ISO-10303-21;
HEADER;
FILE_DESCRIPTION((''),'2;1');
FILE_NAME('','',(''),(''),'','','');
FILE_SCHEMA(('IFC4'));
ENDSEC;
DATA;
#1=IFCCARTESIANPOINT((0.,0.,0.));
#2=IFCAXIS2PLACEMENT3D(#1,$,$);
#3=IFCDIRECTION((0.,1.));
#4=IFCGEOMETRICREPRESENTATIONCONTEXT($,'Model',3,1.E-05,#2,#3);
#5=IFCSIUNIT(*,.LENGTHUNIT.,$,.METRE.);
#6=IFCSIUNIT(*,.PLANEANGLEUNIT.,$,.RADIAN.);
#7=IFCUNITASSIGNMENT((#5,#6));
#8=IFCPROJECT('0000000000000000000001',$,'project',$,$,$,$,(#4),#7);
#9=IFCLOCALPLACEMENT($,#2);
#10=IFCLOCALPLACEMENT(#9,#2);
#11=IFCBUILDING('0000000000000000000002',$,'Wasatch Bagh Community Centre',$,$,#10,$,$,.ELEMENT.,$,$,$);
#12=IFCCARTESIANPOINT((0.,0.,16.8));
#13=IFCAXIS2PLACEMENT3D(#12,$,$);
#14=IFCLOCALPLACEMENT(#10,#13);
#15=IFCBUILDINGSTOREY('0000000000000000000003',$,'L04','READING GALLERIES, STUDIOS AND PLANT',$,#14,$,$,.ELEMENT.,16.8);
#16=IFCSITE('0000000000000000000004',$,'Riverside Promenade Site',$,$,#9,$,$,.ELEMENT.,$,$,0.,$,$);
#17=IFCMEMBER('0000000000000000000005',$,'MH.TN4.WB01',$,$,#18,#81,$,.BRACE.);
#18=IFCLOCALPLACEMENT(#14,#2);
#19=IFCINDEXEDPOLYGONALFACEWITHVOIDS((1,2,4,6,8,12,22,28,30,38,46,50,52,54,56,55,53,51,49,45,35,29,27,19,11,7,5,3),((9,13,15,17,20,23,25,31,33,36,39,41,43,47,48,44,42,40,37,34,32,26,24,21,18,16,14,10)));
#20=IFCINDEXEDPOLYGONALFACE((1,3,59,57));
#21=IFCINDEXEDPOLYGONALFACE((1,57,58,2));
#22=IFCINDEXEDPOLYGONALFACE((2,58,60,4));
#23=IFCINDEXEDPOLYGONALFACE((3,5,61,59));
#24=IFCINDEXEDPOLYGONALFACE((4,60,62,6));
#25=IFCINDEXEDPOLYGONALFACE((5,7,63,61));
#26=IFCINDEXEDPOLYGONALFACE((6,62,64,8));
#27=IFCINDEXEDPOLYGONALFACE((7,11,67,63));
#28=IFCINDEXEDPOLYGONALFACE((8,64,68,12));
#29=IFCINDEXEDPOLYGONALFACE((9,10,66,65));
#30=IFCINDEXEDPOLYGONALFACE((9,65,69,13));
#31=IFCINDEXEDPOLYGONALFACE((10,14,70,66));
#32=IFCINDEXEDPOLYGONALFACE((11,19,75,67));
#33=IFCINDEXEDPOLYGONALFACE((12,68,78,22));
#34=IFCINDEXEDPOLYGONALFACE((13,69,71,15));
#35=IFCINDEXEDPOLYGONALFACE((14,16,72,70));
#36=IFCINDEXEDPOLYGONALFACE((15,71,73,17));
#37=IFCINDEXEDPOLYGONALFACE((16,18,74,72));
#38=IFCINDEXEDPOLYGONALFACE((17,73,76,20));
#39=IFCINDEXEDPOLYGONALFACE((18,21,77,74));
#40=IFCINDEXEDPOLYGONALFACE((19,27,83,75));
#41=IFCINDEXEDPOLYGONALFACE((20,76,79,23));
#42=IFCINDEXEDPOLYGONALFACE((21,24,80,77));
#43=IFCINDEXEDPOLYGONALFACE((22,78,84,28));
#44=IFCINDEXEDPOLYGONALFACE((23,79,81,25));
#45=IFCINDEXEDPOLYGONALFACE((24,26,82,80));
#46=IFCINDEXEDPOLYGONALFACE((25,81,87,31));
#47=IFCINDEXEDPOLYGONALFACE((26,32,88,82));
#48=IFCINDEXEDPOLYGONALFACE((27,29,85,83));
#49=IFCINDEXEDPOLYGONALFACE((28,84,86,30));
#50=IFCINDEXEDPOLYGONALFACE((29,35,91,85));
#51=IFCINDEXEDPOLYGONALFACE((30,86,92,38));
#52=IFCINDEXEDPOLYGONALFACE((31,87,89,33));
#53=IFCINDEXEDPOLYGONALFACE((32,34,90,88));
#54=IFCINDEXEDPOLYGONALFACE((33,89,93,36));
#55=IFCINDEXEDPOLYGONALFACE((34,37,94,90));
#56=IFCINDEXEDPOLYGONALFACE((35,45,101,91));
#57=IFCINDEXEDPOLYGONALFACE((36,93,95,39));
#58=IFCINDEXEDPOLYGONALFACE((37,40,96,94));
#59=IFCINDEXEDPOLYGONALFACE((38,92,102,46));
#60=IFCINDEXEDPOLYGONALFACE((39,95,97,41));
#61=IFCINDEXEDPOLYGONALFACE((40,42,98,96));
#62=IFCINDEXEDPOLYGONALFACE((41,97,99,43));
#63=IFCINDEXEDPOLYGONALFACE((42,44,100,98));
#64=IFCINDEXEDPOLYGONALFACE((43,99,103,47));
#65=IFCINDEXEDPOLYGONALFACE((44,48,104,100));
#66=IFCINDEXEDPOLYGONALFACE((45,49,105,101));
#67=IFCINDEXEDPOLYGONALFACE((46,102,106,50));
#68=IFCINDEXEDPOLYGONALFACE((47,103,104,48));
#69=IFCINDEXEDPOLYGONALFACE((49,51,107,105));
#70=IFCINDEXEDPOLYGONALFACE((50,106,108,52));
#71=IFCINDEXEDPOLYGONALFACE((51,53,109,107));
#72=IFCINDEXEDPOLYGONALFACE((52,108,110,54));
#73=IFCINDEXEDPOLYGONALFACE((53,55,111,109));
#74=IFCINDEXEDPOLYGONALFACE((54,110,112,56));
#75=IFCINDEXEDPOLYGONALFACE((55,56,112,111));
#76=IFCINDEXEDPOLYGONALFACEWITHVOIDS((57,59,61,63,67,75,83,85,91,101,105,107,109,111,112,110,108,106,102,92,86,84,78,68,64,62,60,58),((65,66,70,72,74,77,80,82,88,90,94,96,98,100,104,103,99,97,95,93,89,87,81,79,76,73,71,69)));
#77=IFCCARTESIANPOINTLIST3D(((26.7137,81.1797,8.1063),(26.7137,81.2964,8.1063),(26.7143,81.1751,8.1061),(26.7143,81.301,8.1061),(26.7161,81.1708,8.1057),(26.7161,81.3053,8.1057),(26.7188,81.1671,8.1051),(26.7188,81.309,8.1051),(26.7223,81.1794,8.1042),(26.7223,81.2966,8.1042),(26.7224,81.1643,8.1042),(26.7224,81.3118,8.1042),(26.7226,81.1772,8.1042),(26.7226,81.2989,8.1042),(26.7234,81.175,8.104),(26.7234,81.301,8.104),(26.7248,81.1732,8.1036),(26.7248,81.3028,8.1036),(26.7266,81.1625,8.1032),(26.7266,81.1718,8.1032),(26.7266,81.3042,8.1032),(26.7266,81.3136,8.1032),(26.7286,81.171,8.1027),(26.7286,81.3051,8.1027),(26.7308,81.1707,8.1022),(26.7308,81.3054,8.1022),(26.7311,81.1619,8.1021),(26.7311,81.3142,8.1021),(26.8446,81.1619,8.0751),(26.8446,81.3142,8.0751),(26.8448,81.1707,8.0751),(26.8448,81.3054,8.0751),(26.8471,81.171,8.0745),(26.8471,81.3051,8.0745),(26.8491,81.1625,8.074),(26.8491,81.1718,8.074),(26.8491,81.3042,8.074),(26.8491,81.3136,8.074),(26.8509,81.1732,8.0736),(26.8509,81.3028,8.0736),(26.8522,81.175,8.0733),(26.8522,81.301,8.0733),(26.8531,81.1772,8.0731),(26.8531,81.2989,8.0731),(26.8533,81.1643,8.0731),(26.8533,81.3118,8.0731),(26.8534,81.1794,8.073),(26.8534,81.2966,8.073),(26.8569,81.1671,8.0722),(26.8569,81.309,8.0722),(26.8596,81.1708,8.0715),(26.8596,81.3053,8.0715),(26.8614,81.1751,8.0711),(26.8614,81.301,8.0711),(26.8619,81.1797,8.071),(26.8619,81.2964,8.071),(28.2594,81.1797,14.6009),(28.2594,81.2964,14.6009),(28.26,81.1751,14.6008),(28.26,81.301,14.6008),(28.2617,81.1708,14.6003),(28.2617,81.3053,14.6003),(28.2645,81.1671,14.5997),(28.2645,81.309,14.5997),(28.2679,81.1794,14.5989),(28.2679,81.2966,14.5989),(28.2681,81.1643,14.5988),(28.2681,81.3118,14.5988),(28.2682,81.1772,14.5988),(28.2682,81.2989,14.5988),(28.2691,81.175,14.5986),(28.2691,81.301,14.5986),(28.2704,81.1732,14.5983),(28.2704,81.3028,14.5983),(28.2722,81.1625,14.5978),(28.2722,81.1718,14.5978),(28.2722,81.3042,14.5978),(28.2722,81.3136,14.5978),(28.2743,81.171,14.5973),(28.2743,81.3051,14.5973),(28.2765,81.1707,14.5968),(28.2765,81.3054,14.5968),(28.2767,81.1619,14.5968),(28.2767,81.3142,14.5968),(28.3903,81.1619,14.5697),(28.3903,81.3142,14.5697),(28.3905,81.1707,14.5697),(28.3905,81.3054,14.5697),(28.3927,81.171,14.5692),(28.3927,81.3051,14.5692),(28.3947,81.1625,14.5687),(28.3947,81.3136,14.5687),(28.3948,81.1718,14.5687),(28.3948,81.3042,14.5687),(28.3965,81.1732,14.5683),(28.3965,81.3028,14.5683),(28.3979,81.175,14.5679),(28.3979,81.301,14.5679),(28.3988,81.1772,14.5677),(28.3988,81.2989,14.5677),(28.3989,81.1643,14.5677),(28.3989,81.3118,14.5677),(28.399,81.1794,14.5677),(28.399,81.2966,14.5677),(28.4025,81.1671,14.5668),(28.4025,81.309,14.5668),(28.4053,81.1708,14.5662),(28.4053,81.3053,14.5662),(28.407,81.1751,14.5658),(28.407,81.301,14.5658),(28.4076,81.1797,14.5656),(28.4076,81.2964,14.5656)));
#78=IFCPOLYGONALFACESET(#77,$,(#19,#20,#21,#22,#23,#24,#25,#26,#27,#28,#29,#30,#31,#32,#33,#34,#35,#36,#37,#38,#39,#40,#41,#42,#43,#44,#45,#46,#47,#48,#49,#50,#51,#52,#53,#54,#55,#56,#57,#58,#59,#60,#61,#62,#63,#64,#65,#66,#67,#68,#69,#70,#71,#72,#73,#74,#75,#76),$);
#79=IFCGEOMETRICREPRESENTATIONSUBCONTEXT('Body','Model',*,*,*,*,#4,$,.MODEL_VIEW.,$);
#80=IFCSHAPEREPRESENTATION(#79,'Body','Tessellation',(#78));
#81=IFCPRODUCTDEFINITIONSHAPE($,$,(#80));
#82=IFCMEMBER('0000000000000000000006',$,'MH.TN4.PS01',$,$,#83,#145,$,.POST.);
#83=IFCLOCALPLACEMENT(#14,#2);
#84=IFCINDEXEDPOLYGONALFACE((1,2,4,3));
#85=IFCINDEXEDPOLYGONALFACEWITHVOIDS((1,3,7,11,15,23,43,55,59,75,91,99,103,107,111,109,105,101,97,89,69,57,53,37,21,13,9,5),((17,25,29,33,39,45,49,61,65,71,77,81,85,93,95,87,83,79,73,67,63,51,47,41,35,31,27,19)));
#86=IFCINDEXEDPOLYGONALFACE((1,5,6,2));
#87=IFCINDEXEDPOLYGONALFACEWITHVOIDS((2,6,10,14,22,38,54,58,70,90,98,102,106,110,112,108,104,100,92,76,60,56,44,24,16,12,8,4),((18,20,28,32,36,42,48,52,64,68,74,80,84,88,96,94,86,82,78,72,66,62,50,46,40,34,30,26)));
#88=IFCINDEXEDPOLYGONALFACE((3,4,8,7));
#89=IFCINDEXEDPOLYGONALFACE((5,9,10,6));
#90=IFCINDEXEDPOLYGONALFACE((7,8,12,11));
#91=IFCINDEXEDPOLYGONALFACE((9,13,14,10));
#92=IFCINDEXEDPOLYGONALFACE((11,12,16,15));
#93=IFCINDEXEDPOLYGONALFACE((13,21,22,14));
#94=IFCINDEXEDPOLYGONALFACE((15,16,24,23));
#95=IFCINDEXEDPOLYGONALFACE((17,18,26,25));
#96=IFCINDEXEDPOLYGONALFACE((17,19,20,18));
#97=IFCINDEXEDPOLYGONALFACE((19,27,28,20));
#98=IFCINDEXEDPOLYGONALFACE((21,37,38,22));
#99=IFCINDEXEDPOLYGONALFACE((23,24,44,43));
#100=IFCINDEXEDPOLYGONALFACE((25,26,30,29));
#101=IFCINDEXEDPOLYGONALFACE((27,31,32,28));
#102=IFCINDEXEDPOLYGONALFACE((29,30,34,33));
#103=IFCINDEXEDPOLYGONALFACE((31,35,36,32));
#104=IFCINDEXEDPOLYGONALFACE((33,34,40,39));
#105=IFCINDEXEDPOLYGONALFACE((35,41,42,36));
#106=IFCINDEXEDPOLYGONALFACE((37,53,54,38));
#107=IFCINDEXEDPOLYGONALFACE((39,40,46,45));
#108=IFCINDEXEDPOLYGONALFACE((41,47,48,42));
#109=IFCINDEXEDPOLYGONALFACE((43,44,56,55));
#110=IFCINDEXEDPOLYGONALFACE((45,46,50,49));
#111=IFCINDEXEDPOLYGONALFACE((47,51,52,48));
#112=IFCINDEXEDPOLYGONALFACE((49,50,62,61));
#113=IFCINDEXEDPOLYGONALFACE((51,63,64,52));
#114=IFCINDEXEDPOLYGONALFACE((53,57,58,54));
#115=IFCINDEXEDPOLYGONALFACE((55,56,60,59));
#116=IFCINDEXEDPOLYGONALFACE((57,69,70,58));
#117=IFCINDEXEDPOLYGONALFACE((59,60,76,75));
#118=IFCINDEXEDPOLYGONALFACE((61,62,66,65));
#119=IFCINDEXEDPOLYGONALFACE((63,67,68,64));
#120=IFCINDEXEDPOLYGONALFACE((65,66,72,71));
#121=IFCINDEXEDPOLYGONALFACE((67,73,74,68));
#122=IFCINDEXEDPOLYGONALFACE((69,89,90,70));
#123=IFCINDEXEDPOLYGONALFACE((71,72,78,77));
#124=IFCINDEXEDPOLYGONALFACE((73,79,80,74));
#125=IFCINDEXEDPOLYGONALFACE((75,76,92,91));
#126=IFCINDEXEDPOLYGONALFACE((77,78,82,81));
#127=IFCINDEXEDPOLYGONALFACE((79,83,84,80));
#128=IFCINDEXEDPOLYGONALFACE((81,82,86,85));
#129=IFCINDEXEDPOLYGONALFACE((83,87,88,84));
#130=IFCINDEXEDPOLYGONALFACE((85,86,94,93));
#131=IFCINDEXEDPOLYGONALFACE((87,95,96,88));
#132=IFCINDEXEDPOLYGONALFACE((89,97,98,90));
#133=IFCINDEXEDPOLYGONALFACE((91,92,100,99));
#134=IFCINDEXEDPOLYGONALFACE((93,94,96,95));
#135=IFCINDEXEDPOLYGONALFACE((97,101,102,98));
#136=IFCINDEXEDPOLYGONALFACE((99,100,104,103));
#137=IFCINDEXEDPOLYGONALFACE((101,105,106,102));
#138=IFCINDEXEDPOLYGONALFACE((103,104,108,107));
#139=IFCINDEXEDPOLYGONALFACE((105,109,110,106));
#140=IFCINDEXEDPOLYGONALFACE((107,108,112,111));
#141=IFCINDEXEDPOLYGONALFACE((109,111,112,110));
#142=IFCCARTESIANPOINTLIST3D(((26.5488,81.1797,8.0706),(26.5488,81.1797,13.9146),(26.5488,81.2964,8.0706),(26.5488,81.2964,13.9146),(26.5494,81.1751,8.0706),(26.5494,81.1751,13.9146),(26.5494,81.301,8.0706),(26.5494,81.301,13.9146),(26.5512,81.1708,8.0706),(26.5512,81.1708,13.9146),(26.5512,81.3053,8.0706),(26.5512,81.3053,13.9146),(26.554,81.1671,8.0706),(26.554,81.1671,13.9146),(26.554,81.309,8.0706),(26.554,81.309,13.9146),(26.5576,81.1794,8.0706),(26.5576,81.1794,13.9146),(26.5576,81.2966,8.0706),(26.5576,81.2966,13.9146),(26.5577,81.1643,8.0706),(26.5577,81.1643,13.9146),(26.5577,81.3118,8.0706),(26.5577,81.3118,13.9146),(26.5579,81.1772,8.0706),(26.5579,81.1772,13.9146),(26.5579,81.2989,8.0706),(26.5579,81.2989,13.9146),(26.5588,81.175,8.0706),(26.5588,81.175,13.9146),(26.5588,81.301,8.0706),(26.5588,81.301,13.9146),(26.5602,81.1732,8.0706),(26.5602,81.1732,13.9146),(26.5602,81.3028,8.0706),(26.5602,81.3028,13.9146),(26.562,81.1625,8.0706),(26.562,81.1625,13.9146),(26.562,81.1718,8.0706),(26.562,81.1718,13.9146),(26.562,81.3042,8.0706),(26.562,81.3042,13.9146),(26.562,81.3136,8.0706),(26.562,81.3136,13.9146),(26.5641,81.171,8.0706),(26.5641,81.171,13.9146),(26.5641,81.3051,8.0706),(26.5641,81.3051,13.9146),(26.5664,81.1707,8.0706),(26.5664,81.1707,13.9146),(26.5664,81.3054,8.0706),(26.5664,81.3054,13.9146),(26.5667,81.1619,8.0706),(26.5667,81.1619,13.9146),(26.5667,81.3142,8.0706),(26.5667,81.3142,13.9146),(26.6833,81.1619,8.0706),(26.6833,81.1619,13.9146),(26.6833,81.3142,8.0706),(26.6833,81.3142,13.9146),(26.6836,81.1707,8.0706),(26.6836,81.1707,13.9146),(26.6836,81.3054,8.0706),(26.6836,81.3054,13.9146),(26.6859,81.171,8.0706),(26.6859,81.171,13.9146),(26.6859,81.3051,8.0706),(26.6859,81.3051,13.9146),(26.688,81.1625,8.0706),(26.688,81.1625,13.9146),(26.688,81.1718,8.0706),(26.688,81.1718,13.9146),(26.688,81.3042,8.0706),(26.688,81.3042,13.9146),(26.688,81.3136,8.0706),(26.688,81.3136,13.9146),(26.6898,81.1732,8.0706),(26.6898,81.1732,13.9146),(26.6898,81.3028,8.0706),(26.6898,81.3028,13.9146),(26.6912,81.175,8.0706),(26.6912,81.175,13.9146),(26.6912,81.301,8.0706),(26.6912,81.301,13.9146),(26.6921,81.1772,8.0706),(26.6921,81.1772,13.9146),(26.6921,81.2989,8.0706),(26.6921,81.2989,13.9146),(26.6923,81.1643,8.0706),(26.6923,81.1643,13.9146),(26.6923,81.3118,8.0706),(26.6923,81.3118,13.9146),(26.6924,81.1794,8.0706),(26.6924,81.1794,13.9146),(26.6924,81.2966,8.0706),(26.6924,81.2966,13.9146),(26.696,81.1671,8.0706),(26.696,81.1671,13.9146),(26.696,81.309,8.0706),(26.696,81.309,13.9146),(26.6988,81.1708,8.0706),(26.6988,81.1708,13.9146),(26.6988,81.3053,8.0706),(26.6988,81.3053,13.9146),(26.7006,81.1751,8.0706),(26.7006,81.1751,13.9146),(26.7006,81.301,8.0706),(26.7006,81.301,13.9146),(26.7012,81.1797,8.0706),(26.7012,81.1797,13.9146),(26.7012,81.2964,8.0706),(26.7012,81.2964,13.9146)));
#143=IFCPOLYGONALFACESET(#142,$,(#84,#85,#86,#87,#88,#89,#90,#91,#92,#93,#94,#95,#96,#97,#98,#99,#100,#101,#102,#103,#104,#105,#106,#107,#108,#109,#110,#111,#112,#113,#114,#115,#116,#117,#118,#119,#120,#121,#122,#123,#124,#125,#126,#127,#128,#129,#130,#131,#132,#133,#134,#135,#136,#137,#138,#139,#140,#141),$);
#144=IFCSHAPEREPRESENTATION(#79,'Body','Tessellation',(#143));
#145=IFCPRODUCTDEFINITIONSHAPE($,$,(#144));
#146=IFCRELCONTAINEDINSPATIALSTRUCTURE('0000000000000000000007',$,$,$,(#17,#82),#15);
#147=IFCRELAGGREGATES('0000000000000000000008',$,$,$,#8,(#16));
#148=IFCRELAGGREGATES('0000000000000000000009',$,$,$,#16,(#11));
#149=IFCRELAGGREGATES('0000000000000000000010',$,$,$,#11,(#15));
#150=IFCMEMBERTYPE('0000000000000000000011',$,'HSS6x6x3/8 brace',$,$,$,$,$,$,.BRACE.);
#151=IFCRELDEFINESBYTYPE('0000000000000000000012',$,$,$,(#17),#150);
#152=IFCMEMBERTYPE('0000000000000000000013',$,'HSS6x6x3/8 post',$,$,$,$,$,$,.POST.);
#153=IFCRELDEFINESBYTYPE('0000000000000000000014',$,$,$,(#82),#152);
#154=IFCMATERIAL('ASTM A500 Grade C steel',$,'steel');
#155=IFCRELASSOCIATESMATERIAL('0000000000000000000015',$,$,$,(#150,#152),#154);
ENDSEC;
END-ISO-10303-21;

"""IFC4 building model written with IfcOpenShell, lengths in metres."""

from ifc_helpers import new_model, si_unit, direction, frame, origin, origin_2d, place, context, subcontext, project, spatial, hollow_rectangle, extrude, material, material_profile, profile_set, type_object, element, save


model = new_model("IFC4")

# Units and contexts
model_context = context("Model", 3, precision=1e-05, world=origin(), true_north=direction((0.0, 1.0)))
body_context = subcontext(model_context, "Body", "Model", "MODEL_VIEW")
ifc_project = project(units=[si_unit("LENGTHUNIT", "METRE"), si_unit("PLANEANGLEUNIT", "RADIAN")], contexts=[model_context])

# Site, building, storey
site_placement = place(None, origin())
site = spatial("IfcSite", under=ifc_project, at=site_placement, Name="Riverside Promenade Site", CompositionType="ELEMENT", RefElevation=0.0)
building_placement = place(site_placement, origin())
building = spatial("IfcBuilding", under=site, at=building_placement, Name="Wasatch Bagh Community Centre", CompositionType="ELEMENT")
storey_placement = place(building_placement, frame((0.0, 0.0, 16.8)))
storey = spatial("IfcBuildingStorey", under=building, at=storey_placement, Name="L04", Description="READING GALLERIES, STUDIOS AND PLANT", CompositionType="ELEMENT", Elevation=16.8)

# Members
ifc_material_1 = material(Name="ASTM A500 Grade C steel", Category="steel")
ifc_material_profile_1 = material_profile(ifc_material_1, hollow_rectangle(XDim=0.1523, YDim=0.1523, WallThickness=0.0088, InnerFilletRadius=0.0088, OuterFilletRadius=0.0178, at=origin_2d()), Name="HSS6x6x3/8")
ifc_profile_set_1 = profile_set([ifc_material_profile_1], Name="ASTM A500 Grade C steel")
member_type_1 = type_object("IfcMemberType", Name="HSS6x6x3/8 brace", PredefinedType="BRACE", material=ifc_profile_set_1)
member_1_placement = place(storey_placement, frame((26.7878, 81.238, 8.0886), z_axis=(0.231523, 0.0, 0.972829), x_axis=(0.0, 1.0, 0.0)))
element("IfcMember", 1, at=member_1_placement, inside=storey, type_object=member_type_1, Name="MH.TN4.WB01", PredefinedType="BRACE", context=body_context, shape_type="SweptSolid", body=[
    extrude(hollow_rectangle(XDim=0.1523, YDim=0.1523, WallThickness=0.0088, InnerFilletRadius=0.0088, OuterFilletRadius=0.0178, at=origin_2d()), origin(), (0.0, 0.0, 1.0), 6.676),
])
ifc_material_profile_2 = material_profile(ifc_material_1, hollow_rectangle(XDim=0.1523, YDim=0.1523, WallThickness=0.0088, InnerFilletRadius=0.0088, OuterFilletRadius=0.0178, at=origin_2d()), Name="HSS6x6x3/8")
ifc_profile_set_2 = profile_set([ifc_material_profile_2], Name="ASTM A500 Grade C steel")
member_type_2 = type_object("IfcMemberType", Name="HSS6x6x3/8 post", PredefinedType="POST", material=ifc_profile_set_2)
member_2_placement = place(storey_placement, frame((26.625, 81.238, 8.0706), z_axis=(0.0, 0.0, 1.0), x_axis=(1.0, 0.0, 0.0)))
element("IfcMember", 2, at=member_2_placement, inside=storey, type_object=member_type_2, Name="MH.TN4.PS01", PredefinedType="POST", context=body_context, shape_type="SweptSolid", body=[
    extrude(hollow_rectangle(XDim=0.1523, YDim=0.1523, WallThickness=0.0088, InnerFilletRadius=0.0088, OuterFilletRadius=0.0178, at=origin_2d()), origin(), (0.0, 0.0, 1.0), 5.844),
])

save(model, "model.ifc")
